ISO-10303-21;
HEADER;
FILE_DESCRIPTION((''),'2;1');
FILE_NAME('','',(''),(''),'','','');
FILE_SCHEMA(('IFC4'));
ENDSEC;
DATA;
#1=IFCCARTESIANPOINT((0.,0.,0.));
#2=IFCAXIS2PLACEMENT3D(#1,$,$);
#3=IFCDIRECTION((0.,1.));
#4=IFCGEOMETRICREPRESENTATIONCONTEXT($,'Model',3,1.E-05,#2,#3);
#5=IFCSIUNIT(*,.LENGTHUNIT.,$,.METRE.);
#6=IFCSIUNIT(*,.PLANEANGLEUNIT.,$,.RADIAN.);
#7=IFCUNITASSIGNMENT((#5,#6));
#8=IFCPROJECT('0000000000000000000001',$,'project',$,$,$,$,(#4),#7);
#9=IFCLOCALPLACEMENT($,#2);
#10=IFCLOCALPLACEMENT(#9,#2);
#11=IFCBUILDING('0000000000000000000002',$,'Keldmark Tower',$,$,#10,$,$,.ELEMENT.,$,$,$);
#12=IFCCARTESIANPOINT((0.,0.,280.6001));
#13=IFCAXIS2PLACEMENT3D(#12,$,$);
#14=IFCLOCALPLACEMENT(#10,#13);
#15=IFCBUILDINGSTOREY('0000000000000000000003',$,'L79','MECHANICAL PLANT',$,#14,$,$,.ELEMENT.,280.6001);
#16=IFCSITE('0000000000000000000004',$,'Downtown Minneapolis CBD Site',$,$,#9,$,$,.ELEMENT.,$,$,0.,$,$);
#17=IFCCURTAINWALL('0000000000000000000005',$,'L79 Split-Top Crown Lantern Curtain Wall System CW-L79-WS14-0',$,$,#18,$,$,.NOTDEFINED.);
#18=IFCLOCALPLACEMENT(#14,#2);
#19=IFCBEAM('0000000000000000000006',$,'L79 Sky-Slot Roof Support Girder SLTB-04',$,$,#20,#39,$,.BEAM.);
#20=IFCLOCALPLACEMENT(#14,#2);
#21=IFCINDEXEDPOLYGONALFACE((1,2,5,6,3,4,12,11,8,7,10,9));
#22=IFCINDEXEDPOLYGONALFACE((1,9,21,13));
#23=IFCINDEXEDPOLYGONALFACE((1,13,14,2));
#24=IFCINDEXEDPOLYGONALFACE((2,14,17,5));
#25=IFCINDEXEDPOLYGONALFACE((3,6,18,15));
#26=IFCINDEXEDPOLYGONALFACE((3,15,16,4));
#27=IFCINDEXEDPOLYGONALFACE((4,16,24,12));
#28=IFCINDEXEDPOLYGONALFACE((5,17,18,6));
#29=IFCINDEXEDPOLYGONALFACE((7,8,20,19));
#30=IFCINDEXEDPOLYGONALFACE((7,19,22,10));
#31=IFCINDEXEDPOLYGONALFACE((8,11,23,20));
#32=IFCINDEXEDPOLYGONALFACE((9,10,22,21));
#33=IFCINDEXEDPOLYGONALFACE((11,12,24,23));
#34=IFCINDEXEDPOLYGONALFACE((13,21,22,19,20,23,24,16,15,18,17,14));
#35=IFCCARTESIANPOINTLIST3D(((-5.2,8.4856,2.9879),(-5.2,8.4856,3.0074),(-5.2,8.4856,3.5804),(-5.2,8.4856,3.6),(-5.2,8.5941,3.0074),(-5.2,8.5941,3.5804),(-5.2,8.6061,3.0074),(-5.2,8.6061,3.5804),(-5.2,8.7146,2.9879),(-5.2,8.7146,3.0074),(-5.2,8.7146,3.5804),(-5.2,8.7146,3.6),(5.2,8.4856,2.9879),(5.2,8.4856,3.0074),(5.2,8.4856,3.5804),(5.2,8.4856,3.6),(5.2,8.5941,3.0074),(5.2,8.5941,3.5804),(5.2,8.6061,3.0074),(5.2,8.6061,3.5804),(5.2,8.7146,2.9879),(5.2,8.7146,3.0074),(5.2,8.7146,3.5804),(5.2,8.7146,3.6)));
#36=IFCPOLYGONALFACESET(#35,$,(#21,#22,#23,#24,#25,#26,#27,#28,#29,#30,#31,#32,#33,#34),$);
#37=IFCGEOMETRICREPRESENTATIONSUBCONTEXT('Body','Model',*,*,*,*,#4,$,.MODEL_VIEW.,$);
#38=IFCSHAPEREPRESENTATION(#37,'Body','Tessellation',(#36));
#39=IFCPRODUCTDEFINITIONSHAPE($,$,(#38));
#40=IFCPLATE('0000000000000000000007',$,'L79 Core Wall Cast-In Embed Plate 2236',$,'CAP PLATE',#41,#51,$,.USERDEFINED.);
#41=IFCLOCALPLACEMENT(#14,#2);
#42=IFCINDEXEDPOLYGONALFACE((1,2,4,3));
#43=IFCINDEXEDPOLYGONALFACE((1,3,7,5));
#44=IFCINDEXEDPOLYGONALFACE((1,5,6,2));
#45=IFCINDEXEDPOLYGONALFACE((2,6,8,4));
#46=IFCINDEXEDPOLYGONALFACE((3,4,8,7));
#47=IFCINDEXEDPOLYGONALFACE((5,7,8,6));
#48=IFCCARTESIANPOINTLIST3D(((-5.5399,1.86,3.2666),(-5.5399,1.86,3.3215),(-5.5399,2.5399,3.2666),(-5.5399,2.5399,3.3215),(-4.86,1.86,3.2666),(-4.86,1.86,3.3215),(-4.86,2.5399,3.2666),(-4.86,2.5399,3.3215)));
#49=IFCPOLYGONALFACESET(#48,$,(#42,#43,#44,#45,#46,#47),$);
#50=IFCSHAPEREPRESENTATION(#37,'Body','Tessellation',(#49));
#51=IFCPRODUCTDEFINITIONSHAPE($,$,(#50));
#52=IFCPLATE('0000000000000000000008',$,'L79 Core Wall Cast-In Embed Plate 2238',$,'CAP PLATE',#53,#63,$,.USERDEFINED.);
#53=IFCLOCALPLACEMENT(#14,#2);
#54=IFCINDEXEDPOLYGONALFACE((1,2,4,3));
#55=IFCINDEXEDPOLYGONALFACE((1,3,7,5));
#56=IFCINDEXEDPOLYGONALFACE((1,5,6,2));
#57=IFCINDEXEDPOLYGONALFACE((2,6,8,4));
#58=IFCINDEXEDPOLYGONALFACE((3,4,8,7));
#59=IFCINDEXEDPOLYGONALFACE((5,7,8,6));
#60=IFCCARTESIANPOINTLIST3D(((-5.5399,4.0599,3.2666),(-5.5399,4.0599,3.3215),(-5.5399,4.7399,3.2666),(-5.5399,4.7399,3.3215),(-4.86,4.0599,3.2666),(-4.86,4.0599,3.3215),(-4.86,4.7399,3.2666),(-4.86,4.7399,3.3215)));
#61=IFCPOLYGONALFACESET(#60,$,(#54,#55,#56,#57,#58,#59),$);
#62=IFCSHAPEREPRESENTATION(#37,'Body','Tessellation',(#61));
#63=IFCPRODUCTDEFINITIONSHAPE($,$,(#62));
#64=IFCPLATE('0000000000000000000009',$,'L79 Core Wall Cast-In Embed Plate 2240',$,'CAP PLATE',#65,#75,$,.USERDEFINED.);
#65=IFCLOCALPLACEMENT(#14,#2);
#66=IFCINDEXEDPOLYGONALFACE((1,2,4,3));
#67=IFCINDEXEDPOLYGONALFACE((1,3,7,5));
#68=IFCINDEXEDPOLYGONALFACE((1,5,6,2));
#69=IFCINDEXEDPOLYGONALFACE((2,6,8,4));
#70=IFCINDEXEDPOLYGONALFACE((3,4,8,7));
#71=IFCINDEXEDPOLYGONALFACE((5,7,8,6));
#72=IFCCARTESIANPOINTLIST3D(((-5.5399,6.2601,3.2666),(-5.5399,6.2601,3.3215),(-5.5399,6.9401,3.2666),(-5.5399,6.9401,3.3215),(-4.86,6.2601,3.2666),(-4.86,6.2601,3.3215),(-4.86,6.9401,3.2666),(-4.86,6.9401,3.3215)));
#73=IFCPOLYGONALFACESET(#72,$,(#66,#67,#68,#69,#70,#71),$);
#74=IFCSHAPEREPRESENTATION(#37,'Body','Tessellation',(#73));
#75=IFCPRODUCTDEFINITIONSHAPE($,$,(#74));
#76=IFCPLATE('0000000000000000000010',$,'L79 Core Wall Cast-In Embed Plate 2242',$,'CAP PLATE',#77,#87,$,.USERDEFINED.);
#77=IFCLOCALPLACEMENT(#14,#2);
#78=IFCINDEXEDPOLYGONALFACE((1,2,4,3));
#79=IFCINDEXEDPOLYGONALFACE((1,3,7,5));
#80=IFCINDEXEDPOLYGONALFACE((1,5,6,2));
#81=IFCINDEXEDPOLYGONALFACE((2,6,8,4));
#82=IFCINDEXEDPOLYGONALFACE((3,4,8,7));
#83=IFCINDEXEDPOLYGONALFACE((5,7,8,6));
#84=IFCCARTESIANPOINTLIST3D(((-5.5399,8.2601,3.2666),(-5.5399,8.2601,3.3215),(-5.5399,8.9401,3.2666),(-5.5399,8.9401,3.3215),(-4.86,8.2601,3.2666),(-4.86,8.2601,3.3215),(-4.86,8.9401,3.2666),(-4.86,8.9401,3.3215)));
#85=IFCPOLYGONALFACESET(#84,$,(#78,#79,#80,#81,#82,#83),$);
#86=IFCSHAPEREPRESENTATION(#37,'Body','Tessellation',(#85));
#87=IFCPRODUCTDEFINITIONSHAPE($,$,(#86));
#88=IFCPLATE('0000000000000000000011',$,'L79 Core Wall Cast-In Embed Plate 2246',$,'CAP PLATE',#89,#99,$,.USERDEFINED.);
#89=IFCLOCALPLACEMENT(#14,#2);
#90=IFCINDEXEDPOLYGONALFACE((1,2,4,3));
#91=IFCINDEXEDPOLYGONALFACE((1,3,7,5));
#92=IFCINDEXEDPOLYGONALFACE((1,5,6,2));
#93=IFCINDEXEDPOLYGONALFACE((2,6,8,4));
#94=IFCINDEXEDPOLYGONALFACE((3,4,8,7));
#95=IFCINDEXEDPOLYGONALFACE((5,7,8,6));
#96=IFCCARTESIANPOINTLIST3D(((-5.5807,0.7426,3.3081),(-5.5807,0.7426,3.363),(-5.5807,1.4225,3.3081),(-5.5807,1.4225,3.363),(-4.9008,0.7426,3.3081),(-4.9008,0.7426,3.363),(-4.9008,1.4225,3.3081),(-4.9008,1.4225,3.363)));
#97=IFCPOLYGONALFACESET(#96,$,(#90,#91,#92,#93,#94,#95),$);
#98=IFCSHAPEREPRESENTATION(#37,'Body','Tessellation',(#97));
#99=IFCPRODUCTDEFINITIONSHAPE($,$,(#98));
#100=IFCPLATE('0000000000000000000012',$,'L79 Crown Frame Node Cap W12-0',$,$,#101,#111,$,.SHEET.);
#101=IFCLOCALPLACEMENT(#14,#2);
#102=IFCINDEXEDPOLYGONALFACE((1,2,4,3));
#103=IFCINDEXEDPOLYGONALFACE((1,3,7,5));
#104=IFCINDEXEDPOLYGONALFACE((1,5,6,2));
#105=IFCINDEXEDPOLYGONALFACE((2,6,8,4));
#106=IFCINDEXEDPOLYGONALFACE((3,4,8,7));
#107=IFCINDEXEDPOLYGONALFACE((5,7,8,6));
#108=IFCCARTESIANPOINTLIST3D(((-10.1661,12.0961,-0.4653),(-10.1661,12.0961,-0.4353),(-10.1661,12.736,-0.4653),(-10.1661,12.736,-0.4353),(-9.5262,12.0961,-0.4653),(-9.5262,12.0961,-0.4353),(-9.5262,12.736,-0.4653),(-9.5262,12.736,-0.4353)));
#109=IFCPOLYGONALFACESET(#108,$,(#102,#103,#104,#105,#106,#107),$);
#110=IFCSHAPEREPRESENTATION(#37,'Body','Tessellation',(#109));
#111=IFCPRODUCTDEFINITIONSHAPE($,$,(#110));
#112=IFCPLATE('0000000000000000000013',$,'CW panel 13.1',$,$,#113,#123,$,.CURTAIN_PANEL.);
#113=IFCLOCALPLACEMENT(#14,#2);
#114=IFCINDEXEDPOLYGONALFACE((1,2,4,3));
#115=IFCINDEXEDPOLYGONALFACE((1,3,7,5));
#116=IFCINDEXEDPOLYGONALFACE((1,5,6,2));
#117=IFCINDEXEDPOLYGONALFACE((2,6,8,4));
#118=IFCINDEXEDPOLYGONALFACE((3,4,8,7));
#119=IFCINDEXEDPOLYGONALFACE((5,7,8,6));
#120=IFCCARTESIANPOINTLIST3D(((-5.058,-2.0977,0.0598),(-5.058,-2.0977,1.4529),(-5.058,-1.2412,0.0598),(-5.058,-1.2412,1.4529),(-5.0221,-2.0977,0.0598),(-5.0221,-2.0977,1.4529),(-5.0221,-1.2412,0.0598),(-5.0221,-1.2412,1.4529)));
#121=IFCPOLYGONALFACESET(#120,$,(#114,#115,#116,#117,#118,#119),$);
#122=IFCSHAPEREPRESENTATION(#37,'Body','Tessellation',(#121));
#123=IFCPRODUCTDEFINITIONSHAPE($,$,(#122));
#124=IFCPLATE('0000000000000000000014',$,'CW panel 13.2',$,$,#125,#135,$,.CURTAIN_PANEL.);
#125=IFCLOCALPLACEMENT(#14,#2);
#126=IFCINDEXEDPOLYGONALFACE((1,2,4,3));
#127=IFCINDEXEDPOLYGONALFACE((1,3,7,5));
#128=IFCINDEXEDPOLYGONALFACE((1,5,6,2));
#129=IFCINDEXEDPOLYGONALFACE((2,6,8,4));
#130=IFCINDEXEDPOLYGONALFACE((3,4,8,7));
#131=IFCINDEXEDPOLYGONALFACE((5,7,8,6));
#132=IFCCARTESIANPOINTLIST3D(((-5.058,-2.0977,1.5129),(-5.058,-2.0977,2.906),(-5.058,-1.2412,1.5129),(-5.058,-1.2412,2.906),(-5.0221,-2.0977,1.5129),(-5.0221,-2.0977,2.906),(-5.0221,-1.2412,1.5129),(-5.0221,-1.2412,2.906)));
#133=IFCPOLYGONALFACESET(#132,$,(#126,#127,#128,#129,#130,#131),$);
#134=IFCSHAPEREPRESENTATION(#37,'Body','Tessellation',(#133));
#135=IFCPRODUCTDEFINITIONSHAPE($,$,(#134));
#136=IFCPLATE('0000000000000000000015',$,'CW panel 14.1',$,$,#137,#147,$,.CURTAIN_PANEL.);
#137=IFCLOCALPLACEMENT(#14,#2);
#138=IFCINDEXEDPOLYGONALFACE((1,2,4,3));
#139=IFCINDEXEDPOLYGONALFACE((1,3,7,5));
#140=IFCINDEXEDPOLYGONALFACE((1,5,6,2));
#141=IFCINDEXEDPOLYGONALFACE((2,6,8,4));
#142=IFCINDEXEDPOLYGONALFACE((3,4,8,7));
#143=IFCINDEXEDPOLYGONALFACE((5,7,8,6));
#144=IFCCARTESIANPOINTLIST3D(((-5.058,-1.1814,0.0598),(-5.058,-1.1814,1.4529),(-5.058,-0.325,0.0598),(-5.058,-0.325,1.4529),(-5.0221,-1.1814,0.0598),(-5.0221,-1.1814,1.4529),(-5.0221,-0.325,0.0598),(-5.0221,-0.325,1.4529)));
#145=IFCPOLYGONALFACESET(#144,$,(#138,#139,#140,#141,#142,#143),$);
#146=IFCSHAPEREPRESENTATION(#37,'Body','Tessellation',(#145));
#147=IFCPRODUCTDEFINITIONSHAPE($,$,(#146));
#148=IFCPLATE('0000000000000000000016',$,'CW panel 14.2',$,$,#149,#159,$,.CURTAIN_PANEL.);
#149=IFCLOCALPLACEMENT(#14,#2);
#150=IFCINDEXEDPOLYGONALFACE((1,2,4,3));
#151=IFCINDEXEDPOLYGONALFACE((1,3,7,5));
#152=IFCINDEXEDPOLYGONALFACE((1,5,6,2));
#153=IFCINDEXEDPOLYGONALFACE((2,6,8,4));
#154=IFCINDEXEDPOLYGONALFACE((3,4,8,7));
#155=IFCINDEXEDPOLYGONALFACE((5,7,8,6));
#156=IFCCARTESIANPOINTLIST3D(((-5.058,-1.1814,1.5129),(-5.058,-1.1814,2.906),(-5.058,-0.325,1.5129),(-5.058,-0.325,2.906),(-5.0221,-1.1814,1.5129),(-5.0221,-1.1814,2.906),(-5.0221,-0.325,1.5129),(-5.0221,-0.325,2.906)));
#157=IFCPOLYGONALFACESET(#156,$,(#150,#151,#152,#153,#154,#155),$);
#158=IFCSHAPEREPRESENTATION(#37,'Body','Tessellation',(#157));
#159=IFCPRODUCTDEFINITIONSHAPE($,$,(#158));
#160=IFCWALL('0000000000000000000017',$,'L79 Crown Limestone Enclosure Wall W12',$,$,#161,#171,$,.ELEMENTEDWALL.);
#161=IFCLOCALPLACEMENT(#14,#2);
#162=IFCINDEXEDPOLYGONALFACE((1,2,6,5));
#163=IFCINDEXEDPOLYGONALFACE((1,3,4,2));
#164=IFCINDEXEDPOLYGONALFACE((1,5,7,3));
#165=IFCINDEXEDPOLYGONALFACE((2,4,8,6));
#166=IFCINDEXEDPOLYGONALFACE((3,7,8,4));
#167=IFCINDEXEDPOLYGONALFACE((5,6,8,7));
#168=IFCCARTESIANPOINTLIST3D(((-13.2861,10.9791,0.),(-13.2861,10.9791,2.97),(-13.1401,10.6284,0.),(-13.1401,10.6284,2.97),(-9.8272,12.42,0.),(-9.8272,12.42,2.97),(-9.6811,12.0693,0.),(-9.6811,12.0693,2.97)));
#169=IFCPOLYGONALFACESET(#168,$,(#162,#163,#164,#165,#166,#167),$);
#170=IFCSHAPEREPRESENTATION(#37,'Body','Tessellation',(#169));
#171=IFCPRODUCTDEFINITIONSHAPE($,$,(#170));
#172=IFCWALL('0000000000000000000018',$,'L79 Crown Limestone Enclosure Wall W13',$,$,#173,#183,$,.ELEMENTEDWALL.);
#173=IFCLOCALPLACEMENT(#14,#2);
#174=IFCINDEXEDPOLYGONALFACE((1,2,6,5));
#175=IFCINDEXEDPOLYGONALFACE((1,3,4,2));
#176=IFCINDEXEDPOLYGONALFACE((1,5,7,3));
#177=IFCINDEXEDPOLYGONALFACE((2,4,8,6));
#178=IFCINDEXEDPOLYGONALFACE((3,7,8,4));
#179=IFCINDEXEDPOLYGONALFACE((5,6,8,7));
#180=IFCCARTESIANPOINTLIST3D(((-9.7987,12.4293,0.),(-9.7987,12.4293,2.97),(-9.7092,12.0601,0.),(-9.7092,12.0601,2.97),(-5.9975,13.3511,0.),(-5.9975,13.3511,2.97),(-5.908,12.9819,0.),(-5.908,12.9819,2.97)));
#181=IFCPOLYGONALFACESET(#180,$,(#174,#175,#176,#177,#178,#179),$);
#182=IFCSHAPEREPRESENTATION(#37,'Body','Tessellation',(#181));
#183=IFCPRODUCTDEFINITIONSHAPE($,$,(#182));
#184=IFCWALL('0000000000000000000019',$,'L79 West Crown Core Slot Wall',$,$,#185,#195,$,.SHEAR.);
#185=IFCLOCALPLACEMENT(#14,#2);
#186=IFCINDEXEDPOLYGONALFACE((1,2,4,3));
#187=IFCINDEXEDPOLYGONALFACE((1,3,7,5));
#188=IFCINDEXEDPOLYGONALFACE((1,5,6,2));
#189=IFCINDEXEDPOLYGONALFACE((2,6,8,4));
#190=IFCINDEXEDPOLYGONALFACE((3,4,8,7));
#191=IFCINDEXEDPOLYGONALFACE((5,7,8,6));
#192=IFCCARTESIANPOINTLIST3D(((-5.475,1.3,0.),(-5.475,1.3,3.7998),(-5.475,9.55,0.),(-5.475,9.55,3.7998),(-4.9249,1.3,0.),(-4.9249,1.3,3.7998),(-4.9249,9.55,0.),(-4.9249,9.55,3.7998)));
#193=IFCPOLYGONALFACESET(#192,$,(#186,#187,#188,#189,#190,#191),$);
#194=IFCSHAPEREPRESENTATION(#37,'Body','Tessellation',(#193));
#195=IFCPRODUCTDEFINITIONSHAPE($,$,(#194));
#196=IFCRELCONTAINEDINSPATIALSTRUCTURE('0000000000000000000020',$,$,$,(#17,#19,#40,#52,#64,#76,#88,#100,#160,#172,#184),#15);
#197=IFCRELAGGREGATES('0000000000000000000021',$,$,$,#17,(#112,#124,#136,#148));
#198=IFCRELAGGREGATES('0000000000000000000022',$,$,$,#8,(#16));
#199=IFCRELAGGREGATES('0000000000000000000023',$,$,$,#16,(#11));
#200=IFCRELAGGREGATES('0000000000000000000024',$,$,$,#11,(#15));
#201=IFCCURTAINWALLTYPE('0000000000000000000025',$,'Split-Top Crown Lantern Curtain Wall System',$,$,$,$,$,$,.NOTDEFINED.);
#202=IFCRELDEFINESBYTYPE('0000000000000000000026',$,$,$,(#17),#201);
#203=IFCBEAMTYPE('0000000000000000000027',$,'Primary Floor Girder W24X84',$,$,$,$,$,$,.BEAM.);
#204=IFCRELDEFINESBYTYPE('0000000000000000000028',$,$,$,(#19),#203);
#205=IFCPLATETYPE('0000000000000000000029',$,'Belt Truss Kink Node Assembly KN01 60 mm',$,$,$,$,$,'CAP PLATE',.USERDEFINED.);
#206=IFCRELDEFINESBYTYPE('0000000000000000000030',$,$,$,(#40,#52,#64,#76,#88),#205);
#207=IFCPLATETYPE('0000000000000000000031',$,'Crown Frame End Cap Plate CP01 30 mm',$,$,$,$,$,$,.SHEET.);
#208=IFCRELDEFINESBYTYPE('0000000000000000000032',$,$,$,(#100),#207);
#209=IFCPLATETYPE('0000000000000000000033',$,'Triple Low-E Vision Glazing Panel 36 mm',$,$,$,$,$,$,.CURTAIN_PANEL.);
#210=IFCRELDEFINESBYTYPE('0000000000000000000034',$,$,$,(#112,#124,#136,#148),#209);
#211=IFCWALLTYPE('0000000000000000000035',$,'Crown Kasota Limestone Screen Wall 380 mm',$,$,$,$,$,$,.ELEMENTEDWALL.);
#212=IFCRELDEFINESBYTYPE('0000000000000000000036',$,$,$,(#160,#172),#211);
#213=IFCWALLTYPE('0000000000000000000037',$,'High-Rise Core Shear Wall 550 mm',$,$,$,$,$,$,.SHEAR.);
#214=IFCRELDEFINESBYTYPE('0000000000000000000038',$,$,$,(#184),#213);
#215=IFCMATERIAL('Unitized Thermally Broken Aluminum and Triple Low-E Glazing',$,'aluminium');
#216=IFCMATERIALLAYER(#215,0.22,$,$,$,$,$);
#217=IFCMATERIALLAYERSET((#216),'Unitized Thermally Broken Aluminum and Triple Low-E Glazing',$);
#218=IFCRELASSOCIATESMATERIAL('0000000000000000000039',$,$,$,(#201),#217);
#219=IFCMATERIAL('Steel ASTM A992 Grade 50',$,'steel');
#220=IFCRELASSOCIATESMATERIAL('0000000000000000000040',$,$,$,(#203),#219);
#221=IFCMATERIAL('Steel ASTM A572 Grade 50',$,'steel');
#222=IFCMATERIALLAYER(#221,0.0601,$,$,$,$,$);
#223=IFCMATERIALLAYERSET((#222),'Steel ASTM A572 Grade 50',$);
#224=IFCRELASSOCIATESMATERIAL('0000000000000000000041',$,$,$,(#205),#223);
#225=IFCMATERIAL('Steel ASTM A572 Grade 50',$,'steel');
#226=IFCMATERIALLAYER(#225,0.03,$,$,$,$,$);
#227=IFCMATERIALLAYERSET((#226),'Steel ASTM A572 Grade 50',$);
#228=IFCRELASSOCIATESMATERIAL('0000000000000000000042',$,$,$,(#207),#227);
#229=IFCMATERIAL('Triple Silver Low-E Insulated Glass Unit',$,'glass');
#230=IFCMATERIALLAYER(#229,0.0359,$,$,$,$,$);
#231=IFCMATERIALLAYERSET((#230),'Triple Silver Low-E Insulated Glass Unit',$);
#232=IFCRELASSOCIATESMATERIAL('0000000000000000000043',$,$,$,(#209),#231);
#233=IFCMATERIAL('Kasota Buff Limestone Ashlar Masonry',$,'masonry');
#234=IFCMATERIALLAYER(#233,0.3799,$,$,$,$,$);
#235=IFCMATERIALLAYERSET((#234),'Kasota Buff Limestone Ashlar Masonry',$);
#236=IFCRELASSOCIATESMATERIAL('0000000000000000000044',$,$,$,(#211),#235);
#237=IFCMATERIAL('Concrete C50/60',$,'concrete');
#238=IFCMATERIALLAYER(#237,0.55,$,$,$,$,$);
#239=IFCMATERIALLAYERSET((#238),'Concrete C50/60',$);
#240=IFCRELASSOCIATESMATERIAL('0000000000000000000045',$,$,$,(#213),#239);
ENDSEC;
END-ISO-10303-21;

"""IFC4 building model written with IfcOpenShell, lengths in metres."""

from ifc_helpers import new_model, si_unit, direction, frame, frame_2d, origin, origin_2d, place, context, subcontext, project, spatial, rectangle, i_section, extrude, material, layer, layer_set, material_profile, profile_set, type_object, element, aggregate, save


model = new_model("IFC4")

# Units and contexts
model_context = context("Model", 3, precision=1e-05, world=origin(), true_north=direction((0.0, 1.0)))
body_context = subcontext(model_context, "Body", "Model", "MODEL_VIEW")
ifc_project = project(units=[si_unit("LENGTHUNIT", "METRE"), si_unit("PLANEANGLEUNIT", "RADIAN")], contexts=[model_context])

# Site, building, storey
site_placement = place(None, origin())
site = spatial("IfcSite", under=ifc_project, at=site_placement, Name="Downtown Minneapolis CBD Site", CompositionType="ELEMENT", RefElevation=0.0)
building_placement = place(site_placement, origin())
building = spatial("IfcBuilding", under=site, at=building_placement, Name="Keldmark Tower", CompositionType="ELEMENT")
storey_placement = place(building_placement, frame((0.0, 0.0, 280.6001)))
storey = spatial("IfcBuildingStorey", under=building, at=storey_placement, Name="L79", Description="MECHANICAL PLANT", CompositionType="ELEMENT", Elevation=280.6001)

# Curtain wall
ifc_material_1 = material(Name="Unitized Thermally Broken Aluminum and Triple Low-E Glazing", Category="aluminium")
ifc_layer_1 = layer(ifc_material_1, 0.22)
ifc_layer_set_1 = layer_set([ifc_layer_1], Name="Unitized Thermally Broken Aluminum and Triple Low-E Glazing")
curtain_wall_type = type_object("IfcCurtainWallType", Name="Split-Top Crown Lantern Curtain Wall System", PredefinedType="NOTDEFINED", material=ifc_layer_set_1)
curtain_wall_placement = place(storey_placement, origin())
curtain_wall = element("IfcCurtainWall", 1, at=curtain_wall_placement, inside=storey, type_object=curtain_wall_type, Name="L79 Split-Top Crown Lantern Curtain Wall System CW-L79-WS14-0", PredefinedType="NOTDEFINED")

# Beam
ifc_material_2 = material(Name="Steel ASTM A992 Grade 50", Category="steel")
ifc_material_profile_1 = material_profile(ifc_material_2, i_section(OverallWidth=0.229, OverallDepth=0.6121, WebThickness=0.012, FlangeThickness=0.0195, at=origin_2d()), Name="W24X84")
ifc_profile_set_1 = profile_set([ifc_material_profile_1], Name="Steel ASTM A992 Grade 50")
beam_type = type_object("IfcBeamType", Name="Primary Floor Girder W24X84", PredefinedType="BEAM", material=ifc_profile_set_1)
for number, where, z_axis, x_axis, name in (
    (2, (-5.2, 8.6001, 3.2939), (1.0, 0.0, 0.0), (0.0, 1.0, 0.0), "L79 Sky-Slot Roof Support Girder SLTB-04"),
):
    element("IfcBeam", number, at=place(storey_placement, frame(where, z_axis=z_axis, x_axis=x_axis)), inside=storey, type_object=beam_type, Name=name, PredefinedType="BEAM", context=body_context, shape_type="SweptSolid", body=[
        extrude(i_section(OverallWidth=0.229, OverallDepth=0.6121, WebThickness=0.012, FlangeThickness=0.0195, at=origin_2d()), origin(), (0.0, 0.0, 1.0), 10.3999),
    ])

# Plates
ifc_material_3 = material(Name="Steel ASTM A572 Grade 50", Category="steel")
ifc_layer_2 = layer(ifc_material_3, 0.0601)
ifc_layer_set_2 = layer_set([ifc_layer_2], Name="Steel ASTM A572 Grade 50")
plate_type_1 = type_object("IfcPlateType", Name="Belt Truss Kink Node Assembly KN01 60 mm", ElementType="CAP PLATE", PredefinedType="USERDEFINED", material=ifc_layer_set_2)
for number, where, z_axis, x_axis, name in (
    (3, (-5.2, 2.2, 3.2666), (0.0, 0.0, 1.0), (1.0, 0.0, 0.0), "L79 Core Wall Cast-In Embed Plate 2236"),
    (4, (-5.2, 4.3999, 3.2666), (0.0, 0.0, 1.0), (1.0, 0.0, 0.0), "L79 Core Wall Cast-In Embed Plate 2238"),
    (5, (-5.2, 6.6001, 3.2666), (0.0, 0.0, 1.0), (1.0, 0.0, 0.0), "L79 Core Wall Cast-In Embed Plate 2240"),
    (6, (-5.2, 8.6001, 3.2666), (0.0, 0.0, 1.0), (1.0, 0.0, 0.0), "L79 Core Wall Cast-In Embed Plate 2242"),
    (7, (-5.2407, 1.0825, 3.3081), (0.0, 0.0, 1.0), (1.0, 0.0, 0.0), "L79 Core Wall Cast-In Embed Plate 2246"),
):
    element("IfcPlate", number, at=place(storey_placement, frame(where, z_axis=z_axis, x_axis=x_axis)), inside=storey, type_object=plate_type_1, Name=name, ObjectType="CAP PLATE", PredefinedType="USERDEFINED", context=body_context, shape_type="SweptSolid", body=[
        extrude(rectangle(XDim=0.6799, YDim=0.6799, at=origin_2d()), origin(), (0.0, 0.0, 1.0), 0.0549),
    ])
ifc_material_4 = material(Name="Steel ASTM A572 Grade 50", Category="steel")
ifc_layer_3 = layer(ifc_material_4, 0.03)
ifc_layer_set_3 = layer_set([ifc_layer_3], Name="Steel ASTM A572 Grade 50")
plate_type_2 = type_object("IfcPlateType", Name="Crown Frame End Cap Plate CP01 30 mm", PredefinedType="SHEET", material=ifc_layer_set_3)
plate_1_placement = place(storey_placement, frame((-9.8462, 12.416, -0.4653), z_axis=(0.0, 0.0, 1.0), x_axis=(1.0, 0.0, 0.0)))
element("IfcPlate", 8, at=plate_1_placement, inside=storey, type_object=plate_type_2, Name="L79 Crown Frame Node Cap W12-0", PredefinedType="SHEET", context=body_context, shape_type="SweptSolid", body=[
    extrude(rectangle(XDim=0.6399, YDim=0.6399, at=origin_2d()), origin(), (0.0, 0.0, 1.0), 0.03),
])

# Plates
ifc_material_5 = material(Name="Triple Silver Low-E Insulated Glass Unit", Category="glass")
ifc_layer_4 = layer(ifc_material_5, 0.0359)
ifc_layer_set_4 = layer_set([ifc_layer_4], Name="Triple Silver Low-E Insulated Glass Unit")
plate_type_3 = type_object("IfcPlateType", Name="Triple Low-E Vision Glazing Panel 36 mm", PredefinedType="CURTAIN_PANEL", material=ifc_layer_set_4)
plate_2_placement = place(storey_placement, frame((-5.04, -1.6694, 0.0598), z_axis=(0.0, 0.0, 1.0), x_axis=(0.0, 1.0, 0.0)))
plate_2 = element("IfcPlate", 9, at=plate_2_placement, type_object=plate_type_3, Name="CW panel 13.1", PredefinedType="CURTAIN_PANEL", context=body_context, shape_type="SweptSolid", body=[
    extrude(rectangle(XDim=0.8564, YDim=0.0359, at=origin_2d()), origin(), (0.0, 0.0, 1.0), 1.3931),
])
plate_3_placement = place(storey_placement, frame((-5.04, -1.6694, 1.5129), z_axis=(0.0, 0.0, 1.0), x_axis=(0.0, 1.0, 0.0)))
plate_3 = element("IfcPlate", 10, at=plate_3_placement, type_object=plate_type_3, Name="CW panel 13.2", PredefinedType="CURTAIN_PANEL", context=body_context, shape_type="SweptSolid", body=[
    extrude(rectangle(XDim=0.8564, YDim=0.0359, at=origin_2d()), origin(), (0.0, 0.0, 1.0), 1.3931),
])
plate_4_placement = place(storey_placement, frame((-5.04, -0.7532, 0.0598), z_axis=(0.0, 0.0, 1.0), x_axis=(0.0, 1.0, 0.0)))
plate_4 = element("IfcPlate", 11, at=plate_4_placement, type_object=plate_type_3, Name="CW panel 14.1", PredefinedType="CURTAIN_PANEL", context=body_context, shape_type="SweptSolid", body=[
    extrude(rectangle(XDim=0.8564, YDim=0.0359, at=origin_2d()), origin(), (0.0, 0.0, 1.0), 1.3931),
])
plate_5_placement = place(storey_placement, frame((-5.04, -0.7532, 1.5129), z_axis=(0.0, 0.0, 1.0), x_axis=(0.0, 1.0, 0.0)))
plate_5 = element("IfcPlate", 12, at=plate_5_placement, type_object=plate_type_3, Name="CW panel 14.2", PredefinedType="CURTAIN_PANEL", context=body_context, shape_type="SweptSolid", body=[
    extrude(rectangle(XDim=0.8564, YDim=0.0359, at=origin_2d()), origin(), (0.0, 0.0, 1.0), 1.3931),
])
aggregate(curtain_wall, [plate_2, plate_3, plate_4, plate_5])

# Walls
ifc_material_6 = material(Name="Kasota Buff Limestone Ashlar Masonry", Category="masonry")
ifc_layer_5 = layer(ifc_material_6, 0.3799)
ifc_layer_set_5 = layer_set([ifc_layer_5], Name="Kasota Buff Limestone Ashlar Masonry")
wall_type_1 = type_object("IfcWallType", Name="Crown Kasota Limestone Screen Wall 380 mm", PredefinedType="ELEMENTEDWALL", material=ifc_layer_set_5)
wall_1_placement = place(storey_placement, frame((-9.7542, 12.2446, 0.0), z_axis=(0.0, 0.0, 1.0), x_axis=(-0.923108, -0.384541, 0.0)))
element("IfcWall", 13, at=wall_1_placement, inside=storey, type_object=wall_type_1, Name="L79 Crown Limestone Enclosure Wall W12", PredefinedType="ELEMENTEDWALL", context=body_context, shape_type="SweptSolid", body=[
    extrude(rectangle(XDim=3.7471, YDim=0.3799, at=frame_2d((1.8735, 0.0))), origin(), (0.0, 0.0, 1.0), 2.97),
])
wall_2_placement = place(storey_placement, frame((-5.9529, 13.1665, 0.0), z_axis=(0.0, 0.0, 1.0), x_axis=(-0.971829, -0.235686, 0.0)))
element("IfcWall", 14, at=wall_2_placement, inside=storey, type_object=wall_type_1, Name="L79 Crown Limestone Enclosure Wall W13", PredefinedType="ELEMENTEDWALL", context=body_context, shape_type="SweptSolid", body=[
    extrude(rectangle(XDim=3.9114, YDim=0.3799, at=frame_2d((1.9556, 0.0))), origin(), (0.0, 0.0, 1.0), 2.97),
])
ifc_material_7 = material(Name="Concrete C50/60", Category="concrete")
ifc_layer_6 = layer(ifc_material_7, 0.55)
ifc_layer_set_6 = layer_set([ifc_layer_6], Name="Concrete C50/60")
wall_type_2 = type_object("IfcWallType", Name="High-Rise Core Shear Wall 550 mm", PredefinedType="SHEAR", material=ifc_layer_set_6)
wall_3_placement = place(storey_placement, frame((-5.2, 1.3, 0.0), z_axis=(0.0, 0.0, 1.0), x_axis=(0.0, 1.0, 0.0)))
element("IfcWall", 15, at=wall_3_placement, inside=storey, type_object=wall_type_2, Name="L79 West Crown Core Slot Wall", PredefinedType="SHEAR", context=body_context, shape_type="SweptSolid", body=[
    extrude(rectangle(XDim=8.25, YDim=0.55, at=frame_2d((4.125, 0.0))), origin(), (0.0, 0.0, 1.0), 3.7998),
])

save(model, "model.ifc")
